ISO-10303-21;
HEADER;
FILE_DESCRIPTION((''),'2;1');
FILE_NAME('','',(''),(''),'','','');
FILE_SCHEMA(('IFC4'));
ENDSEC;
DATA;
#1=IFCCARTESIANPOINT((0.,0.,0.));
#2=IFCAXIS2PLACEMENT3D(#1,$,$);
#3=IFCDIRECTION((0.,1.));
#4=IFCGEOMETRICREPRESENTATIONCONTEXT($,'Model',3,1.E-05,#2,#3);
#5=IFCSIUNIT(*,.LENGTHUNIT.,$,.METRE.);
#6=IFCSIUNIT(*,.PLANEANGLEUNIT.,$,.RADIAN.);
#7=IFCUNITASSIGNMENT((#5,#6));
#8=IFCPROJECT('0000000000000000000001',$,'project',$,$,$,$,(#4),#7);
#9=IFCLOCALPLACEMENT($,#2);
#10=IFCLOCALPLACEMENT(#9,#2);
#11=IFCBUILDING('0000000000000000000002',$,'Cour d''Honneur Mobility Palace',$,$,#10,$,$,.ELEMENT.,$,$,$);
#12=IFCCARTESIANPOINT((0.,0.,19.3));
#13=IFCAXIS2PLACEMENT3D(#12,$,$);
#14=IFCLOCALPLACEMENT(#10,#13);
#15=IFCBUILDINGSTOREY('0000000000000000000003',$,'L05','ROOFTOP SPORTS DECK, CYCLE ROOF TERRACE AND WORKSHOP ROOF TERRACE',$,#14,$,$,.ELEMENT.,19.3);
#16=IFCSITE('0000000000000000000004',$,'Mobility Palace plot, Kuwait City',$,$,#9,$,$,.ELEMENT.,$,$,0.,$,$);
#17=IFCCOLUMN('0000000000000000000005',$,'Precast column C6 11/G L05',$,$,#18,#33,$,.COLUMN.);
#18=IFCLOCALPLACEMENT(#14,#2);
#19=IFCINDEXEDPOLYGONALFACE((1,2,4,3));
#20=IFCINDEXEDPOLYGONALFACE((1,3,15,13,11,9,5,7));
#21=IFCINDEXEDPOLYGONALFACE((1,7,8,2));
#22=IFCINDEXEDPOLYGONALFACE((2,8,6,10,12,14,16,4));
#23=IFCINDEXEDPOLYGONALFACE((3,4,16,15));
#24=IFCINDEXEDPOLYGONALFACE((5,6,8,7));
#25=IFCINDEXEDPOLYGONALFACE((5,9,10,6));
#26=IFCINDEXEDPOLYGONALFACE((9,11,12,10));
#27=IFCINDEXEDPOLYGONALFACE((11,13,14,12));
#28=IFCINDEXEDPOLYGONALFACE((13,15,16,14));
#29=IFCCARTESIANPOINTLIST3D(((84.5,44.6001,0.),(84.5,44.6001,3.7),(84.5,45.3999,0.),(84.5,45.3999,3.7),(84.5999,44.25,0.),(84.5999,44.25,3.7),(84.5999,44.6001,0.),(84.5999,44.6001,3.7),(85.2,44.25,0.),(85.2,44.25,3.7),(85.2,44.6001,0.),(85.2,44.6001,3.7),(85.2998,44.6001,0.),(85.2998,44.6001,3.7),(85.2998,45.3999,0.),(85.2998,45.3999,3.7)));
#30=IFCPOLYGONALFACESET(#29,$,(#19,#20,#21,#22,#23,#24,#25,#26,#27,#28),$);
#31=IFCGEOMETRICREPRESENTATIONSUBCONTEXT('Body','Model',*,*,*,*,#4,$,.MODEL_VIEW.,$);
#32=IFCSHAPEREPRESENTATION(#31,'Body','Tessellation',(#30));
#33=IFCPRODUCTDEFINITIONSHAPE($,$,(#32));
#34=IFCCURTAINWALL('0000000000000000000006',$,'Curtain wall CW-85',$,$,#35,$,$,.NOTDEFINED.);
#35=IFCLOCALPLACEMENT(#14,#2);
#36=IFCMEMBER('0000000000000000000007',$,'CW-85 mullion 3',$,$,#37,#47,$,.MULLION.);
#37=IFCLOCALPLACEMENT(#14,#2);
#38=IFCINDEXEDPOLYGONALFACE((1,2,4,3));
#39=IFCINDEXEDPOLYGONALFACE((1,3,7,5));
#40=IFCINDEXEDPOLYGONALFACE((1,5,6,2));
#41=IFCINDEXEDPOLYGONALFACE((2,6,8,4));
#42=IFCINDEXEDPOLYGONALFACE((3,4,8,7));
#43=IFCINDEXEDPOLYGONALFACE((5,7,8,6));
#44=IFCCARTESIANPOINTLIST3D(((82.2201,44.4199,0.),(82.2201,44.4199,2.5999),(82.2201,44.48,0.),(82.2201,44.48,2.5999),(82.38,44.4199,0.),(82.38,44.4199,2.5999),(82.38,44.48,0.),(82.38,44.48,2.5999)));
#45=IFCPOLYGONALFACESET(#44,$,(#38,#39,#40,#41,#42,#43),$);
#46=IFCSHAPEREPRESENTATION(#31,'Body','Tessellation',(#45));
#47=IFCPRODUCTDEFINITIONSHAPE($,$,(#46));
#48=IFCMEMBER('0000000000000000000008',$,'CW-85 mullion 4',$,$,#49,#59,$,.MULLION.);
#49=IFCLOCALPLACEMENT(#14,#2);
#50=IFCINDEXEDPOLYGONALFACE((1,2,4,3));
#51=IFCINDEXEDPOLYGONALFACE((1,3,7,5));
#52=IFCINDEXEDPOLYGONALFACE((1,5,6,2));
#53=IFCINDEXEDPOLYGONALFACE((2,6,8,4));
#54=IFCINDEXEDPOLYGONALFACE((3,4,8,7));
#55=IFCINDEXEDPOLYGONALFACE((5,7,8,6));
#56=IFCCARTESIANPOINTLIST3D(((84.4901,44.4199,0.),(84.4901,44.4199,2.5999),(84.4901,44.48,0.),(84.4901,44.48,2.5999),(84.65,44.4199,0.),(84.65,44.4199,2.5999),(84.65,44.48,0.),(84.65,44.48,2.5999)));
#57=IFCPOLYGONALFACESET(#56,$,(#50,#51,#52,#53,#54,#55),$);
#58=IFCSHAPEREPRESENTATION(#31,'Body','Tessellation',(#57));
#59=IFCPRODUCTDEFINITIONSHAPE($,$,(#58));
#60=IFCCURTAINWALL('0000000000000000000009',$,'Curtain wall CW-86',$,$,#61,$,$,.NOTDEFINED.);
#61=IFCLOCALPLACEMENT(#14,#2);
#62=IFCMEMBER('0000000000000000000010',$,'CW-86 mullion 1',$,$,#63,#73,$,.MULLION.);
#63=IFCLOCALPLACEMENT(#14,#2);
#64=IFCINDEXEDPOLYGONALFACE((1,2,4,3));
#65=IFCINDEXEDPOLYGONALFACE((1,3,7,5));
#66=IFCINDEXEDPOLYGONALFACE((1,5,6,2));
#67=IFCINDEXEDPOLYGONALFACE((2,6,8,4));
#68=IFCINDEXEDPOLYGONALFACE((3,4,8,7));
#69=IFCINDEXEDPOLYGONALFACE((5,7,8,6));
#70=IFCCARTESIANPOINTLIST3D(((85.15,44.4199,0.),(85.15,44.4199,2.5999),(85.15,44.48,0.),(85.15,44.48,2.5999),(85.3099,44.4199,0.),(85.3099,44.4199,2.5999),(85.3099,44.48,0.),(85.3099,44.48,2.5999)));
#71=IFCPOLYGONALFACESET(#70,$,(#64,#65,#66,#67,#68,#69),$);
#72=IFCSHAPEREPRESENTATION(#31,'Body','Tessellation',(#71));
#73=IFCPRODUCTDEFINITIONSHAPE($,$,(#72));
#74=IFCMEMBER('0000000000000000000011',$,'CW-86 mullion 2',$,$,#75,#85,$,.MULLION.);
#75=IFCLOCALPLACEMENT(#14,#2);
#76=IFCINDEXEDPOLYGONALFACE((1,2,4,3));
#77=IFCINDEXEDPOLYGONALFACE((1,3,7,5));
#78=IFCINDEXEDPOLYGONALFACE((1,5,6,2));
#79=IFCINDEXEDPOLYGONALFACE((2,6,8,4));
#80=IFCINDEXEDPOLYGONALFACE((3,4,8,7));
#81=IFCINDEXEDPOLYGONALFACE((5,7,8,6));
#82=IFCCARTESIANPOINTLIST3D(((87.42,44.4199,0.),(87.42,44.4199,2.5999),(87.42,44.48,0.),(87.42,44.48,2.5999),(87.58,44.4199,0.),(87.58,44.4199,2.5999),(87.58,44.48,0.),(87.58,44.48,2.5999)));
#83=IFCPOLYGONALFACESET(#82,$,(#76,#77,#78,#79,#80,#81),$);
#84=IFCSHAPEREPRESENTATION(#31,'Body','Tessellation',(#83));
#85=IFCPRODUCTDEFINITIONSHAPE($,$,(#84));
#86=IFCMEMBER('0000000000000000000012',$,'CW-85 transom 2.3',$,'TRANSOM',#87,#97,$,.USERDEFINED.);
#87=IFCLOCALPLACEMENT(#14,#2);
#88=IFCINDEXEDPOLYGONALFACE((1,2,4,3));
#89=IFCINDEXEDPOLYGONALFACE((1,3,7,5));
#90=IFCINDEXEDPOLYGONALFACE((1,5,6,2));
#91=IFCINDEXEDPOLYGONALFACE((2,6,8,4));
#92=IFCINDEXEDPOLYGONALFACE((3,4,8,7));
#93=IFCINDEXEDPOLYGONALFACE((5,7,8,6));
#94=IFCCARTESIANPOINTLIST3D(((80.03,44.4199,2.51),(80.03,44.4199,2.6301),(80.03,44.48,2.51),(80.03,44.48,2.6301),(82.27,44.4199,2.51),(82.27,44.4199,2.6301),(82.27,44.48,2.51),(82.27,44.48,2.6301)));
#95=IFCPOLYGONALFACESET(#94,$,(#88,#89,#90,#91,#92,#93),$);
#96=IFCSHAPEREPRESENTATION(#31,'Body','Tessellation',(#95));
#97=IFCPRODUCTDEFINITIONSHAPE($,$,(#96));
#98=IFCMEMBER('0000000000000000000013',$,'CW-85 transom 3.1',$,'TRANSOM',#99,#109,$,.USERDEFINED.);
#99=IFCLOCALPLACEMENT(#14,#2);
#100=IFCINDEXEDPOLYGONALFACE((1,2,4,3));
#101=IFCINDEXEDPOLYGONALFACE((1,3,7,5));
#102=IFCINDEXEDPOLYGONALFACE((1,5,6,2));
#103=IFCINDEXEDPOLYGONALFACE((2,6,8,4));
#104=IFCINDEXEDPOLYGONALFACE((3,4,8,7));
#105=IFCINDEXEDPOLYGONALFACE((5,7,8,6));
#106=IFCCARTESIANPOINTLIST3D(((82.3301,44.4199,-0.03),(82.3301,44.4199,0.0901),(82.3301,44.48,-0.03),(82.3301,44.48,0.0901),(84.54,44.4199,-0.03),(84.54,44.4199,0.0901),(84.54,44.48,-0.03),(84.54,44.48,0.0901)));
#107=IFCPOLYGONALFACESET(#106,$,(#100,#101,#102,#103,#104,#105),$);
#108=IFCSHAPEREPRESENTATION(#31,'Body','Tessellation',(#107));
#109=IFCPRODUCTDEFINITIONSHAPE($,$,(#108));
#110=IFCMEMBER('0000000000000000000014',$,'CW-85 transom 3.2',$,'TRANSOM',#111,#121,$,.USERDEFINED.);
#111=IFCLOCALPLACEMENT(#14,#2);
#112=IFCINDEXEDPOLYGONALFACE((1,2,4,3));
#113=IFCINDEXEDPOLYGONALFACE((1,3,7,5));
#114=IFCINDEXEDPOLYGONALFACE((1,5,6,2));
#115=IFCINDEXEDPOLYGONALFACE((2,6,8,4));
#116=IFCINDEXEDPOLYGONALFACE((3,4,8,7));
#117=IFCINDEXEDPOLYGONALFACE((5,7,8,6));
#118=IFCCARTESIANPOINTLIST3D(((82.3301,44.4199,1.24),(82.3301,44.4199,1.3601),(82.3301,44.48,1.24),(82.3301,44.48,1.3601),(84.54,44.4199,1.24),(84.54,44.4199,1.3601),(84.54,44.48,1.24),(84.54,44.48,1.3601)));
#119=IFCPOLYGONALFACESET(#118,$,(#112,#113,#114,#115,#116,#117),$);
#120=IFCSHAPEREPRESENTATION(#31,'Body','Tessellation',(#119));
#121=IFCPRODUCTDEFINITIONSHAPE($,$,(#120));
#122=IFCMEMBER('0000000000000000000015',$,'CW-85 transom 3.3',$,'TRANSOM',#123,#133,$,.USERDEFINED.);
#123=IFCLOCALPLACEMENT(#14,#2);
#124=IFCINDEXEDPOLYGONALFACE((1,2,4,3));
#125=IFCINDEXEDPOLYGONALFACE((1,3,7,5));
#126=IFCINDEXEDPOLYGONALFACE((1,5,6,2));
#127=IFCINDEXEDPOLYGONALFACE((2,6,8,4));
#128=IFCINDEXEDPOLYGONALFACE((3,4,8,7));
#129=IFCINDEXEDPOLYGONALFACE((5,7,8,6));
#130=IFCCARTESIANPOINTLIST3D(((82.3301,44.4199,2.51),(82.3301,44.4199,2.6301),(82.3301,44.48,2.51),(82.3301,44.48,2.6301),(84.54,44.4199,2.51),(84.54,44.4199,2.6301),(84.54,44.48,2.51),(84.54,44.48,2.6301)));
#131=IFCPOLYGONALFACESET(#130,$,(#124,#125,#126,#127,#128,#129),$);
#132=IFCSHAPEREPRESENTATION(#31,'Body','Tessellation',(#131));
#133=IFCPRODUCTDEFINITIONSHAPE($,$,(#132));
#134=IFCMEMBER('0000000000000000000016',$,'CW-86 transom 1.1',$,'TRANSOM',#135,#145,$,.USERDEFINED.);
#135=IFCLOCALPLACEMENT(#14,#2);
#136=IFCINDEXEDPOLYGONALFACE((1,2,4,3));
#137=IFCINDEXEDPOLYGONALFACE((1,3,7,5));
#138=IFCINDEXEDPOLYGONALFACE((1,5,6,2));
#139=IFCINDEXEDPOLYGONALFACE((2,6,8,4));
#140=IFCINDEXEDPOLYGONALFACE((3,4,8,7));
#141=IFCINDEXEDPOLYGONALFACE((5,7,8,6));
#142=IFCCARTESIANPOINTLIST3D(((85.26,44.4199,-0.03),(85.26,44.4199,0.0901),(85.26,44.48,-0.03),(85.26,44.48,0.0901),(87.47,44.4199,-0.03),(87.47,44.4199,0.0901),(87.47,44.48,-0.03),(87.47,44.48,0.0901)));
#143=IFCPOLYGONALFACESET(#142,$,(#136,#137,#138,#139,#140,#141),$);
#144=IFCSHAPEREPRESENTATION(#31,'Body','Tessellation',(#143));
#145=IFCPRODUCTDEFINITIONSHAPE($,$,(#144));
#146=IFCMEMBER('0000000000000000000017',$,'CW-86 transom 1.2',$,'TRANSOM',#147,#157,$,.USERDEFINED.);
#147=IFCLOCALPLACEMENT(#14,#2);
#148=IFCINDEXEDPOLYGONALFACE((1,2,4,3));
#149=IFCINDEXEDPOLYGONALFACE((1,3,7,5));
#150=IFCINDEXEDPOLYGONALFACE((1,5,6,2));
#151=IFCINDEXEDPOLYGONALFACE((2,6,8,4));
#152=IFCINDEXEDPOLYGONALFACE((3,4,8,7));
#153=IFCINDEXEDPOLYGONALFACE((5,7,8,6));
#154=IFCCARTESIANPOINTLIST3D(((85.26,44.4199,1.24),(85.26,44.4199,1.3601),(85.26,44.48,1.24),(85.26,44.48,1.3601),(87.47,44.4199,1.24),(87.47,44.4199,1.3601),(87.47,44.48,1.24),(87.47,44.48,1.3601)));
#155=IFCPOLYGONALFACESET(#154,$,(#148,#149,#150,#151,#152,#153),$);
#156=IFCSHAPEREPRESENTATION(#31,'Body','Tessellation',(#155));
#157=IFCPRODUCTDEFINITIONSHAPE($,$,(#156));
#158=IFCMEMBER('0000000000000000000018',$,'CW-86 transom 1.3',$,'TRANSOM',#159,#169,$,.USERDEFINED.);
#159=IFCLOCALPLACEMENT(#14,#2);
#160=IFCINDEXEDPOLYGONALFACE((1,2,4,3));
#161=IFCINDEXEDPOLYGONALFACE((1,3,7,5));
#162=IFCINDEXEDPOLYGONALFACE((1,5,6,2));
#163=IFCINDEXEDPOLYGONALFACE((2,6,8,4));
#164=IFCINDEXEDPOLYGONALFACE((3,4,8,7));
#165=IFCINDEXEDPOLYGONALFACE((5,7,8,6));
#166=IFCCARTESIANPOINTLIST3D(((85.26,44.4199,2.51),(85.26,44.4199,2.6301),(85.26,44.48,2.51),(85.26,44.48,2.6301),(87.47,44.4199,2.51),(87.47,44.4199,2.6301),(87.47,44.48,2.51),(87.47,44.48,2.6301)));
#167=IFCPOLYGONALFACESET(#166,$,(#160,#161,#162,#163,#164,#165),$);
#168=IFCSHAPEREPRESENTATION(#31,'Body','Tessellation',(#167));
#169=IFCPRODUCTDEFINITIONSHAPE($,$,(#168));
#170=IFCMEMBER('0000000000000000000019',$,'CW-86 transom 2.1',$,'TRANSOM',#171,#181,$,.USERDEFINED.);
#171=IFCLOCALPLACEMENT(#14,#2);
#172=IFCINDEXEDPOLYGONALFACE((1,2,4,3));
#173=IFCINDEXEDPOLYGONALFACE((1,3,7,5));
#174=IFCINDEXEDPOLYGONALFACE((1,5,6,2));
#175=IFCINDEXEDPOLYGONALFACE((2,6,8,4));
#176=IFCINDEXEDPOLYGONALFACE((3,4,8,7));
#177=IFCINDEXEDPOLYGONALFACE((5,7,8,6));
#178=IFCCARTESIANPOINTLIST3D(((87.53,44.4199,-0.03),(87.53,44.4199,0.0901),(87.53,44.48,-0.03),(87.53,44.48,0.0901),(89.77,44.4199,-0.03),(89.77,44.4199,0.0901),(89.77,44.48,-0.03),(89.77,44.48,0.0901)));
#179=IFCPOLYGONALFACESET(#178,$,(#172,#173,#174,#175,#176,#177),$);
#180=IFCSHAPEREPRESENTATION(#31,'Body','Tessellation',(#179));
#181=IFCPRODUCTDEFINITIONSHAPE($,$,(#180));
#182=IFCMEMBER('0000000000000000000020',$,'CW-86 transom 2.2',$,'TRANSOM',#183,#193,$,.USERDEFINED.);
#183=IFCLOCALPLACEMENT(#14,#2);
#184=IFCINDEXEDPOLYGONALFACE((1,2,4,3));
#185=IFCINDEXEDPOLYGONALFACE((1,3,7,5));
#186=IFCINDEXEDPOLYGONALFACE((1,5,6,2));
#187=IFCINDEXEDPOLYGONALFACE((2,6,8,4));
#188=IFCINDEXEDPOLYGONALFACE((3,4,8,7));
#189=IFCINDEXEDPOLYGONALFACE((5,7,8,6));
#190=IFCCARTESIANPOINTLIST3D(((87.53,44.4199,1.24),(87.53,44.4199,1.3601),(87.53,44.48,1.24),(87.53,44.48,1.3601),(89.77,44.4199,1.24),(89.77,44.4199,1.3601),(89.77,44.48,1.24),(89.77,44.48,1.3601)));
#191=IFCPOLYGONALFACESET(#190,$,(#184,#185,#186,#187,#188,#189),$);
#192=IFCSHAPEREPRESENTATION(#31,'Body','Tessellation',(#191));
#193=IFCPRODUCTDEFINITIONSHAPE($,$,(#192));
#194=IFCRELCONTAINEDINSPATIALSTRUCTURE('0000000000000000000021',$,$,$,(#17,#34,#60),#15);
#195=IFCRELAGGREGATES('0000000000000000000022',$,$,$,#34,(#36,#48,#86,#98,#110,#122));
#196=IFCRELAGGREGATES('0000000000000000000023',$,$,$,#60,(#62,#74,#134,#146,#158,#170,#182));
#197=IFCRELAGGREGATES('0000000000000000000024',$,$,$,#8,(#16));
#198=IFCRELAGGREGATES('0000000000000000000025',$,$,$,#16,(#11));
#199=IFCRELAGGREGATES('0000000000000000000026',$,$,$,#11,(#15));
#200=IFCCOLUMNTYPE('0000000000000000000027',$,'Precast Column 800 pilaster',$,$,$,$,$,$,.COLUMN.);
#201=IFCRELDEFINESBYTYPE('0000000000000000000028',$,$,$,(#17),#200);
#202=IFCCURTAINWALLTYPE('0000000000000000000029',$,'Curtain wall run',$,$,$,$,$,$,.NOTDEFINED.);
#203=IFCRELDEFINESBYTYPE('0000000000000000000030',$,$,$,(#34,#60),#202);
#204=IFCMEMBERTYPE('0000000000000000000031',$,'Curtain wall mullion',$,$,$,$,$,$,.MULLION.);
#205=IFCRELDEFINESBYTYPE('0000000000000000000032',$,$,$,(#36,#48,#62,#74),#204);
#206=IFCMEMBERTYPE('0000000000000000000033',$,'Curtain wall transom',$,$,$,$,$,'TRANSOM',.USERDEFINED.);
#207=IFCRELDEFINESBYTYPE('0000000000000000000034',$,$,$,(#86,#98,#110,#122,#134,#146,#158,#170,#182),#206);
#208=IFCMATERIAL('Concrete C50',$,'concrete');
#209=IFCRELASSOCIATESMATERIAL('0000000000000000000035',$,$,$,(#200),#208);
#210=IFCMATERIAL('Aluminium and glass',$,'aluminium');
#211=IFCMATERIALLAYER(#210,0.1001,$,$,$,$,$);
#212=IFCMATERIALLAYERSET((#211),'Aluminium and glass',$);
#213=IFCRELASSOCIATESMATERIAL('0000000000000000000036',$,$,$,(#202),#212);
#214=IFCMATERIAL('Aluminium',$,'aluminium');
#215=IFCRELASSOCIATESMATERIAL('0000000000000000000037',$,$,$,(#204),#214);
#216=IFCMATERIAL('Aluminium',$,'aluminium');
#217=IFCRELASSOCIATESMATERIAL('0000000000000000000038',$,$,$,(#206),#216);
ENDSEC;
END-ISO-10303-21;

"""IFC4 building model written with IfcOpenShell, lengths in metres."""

from ifc_helpers import new_model, si_unit, direction, frame, origin, origin_2d, place, context, subcontext, project, spatial, polyline, rectangle, outline, extrude, material, layer, layer_set, material_profile, profile_set, type_object, element, aggregate, save


model = new_model("IFC4")

# Units and contexts
model_context = context("Model", 3, precision=1e-05, world=origin(), true_north=direction((0.0, 1.0)))
body_context = subcontext(model_context, "Body", "Model", "MODEL_VIEW")
ifc_project = project(units=[si_unit("LENGTHUNIT", "METRE"), si_unit("PLANEANGLEUNIT", "RADIAN")], contexts=[model_context])

# Site, building, storey
site_placement = place(None, origin())
site = spatial("IfcSite", under=ifc_project, at=site_placement, Name="Mobility Palace plot, Kuwait City", CompositionType="ELEMENT", RefElevation=0.0)
building_placement = place(site_placement, origin())
building = spatial("IfcBuilding", under=site, at=building_placement, Name="Cour d'Honneur Mobility Palace", CompositionType="ELEMENT")
storey_placement = place(building_placement, frame((0.0, 0.0, 19.3)))
storey = spatial("IfcBuildingStorey", under=building, at=storey_placement, Name="L05", Description="ROOFTOP SPORTS DECK, CYCLE ROOF TERRACE AND WORKSHOP ROOF TERRACE", CompositionType="ELEMENT", Elevation=19.3)

# Column
ifc_material_1 = material(Name="Concrete C50", Category="concrete")
ifc_material_profile_1 = material_profile(ifc_material_1, outline(polyline([(-0.3999, -0.3999), (0.3999, -0.3999), (0.3999, -0.3), (0.75, -0.3), (0.75, 0.3), (0.3999, 0.3), (0.3999, 0.3999), (-0.3999, 0.3999), (-0.3999, -0.3999)])), Name="PC C800 pilaster")
ifc_profile_set_1 = profile_set([ifc_material_profile_1], Name="Concrete C50")
column_type = type_object("IfcColumnType", Name="Precast Column 800 pilaster", PredefinedType="COLUMN", material=ifc_profile_set_1)
column_placement = place(storey_placement, frame((84.8999, 45.0, 0.0), z_axis=(0.0, 0.0, 1.0), x_axis=(0.0, -1.0, 0.0)))
element("IfcColumn", 1, at=column_placement, inside=storey, type_object=column_type, Name="Precast column C6 11/G L05", PredefinedType="COLUMN", context=body_context, shape_type="SweptSolid", body=[
    extrude(outline(polyline([(-0.3999, -0.3999), (0.3999, -0.3999), (0.3999, -0.3), (0.75, -0.3), (0.75, 0.3), (0.3999, 0.3), (0.3999, 0.3999), (-0.3999, 0.3999), (-0.3999, -0.3999)])), origin(), (0.0, 0.0, 1.0), 3.7),
])

# Curtain walls, members
ifc_material_2 = material(Name="Aluminium and glass", Category="aluminium")
ifc_layer_1 = layer(ifc_material_2, 0.1001)
ifc_layer_set_1 = layer_set([ifc_layer_1], Name="Aluminium and glass")
curtain_wall_type = type_object("IfcCurtainWallType", Name="Curtain wall run", PredefinedType="NOTDEFINED", material=ifc_layer_set_1)
curtain_wall_1_placement = place(storey_placement, origin())
curtain_wall_1 = element("IfcCurtainWall", 2, at=curtain_wall_1_placement, inside=storey, type_object=curtain_wall_type, Name="Curtain wall CW-85", PredefinedType="NOTDEFINED")
ifc_material_3 = material(Name="Aluminium", Category="aluminium")
ifc_material_profile_2 = material_profile(ifc_material_3, rectangle(XDim=0.0601, YDim=0.1599, at=origin_2d()), Name="Curtain wall mullion")
ifc_profile_set_2 = profile_set([ifc_material_profile_2], Name="Aluminium")
member_type_1 = type_object("IfcMemberType", Name="Curtain wall mullion", PredefinedType="MULLION", material=ifc_profile_set_2)
member_1_placement = place(storey_placement, frame((82.3, 44.45, 0.0), z_axis=(0.0, 0.0, 1.0), x_axis=(0.0, 1.0, 0.0)))
member_1 = element("IfcMember", 3, at=member_1_placement, type_object=member_type_1, Name="CW-85 mullion 3", PredefinedType="MULLION", context=body_context, shape_type="SweptSolid", body=[
    extrude(rectangle(XDim=0.0601, YDim=0.1599, at=origin_2d()), origin(), (0.0, 0.0, 1.0), 2.5999),
])
member_2_placement = place(storey_placement, frame((84.5701, 44.45, 0.0), z_axis=(0.0, 0.0, 1.0), x_axis=(0.0, 1.0, 0.0)))
member_2 = element("IfcMember", 4, at=member_2_placement, type_object=member_type_1, Name="CW-85 mullion 4", PredefinedType="MULLION", context=body_context, shape_type="SweptSolid", body=[
    extrude(rectangle(XDim=0.0601, YDim=0.1599, at=origin_2d()), origin(), (0.0, 0.0, 1.0), 2.5999),
])
curtain_wall_2_placement = place(storey_placement, origin())
curtain_wall_2 = element("IfcCurtainWall", 5, at=curtain_wall_2_placement, inside=storey, type_object=curtain_wall_type, Name="Curtain wall CW-86", PredefinedType="NOTDEFINED")
member_3_placement = place(storey_placement, frame((85.23, 44.45, 0.0), z_axis=(0.0, 0.0, 1.0), x_axis=(0.0, 1.0, 0.0)))
member_3 = element("IfcMember", 6, at=member_3_placement, type_object=member_type_1, Name="CW-86 mullion 1", PredefinedType="MULLION", context=body_context, shape_type="SweptSolid", body=[
    extrude(rectangle(XDim=0.0601, YDim=0.1599, at=origin_2d()), origin(), (0.0, 0.0, 1.0), 2.5999),
])
member_4_placement = place(storey_placement, frame((87.5, 44.45, 0.0), z_axis=(0.0, 0.0, 1.0), x_axis=(0.0, 1.0, 0.0)))
member_4 = element("IfcMember", 7, at=member_4_placement, type_object=member_type_1, Name="CW-86 mullion 2", PredefinedType="MULLION", context=body_context, shape_type="SweptSolid", body=[
    extrude(rectangle(XDim=0.0601, YDim=0.1599, at=origin_2d()), origin(), (0.0, 0.0, 1.0), 2.5999),
])

# Members
ifc_material_4 = material(Name="Aluminium", Category="aluminium")
ifc_material_profile_3 = material_profile(ifc_material_4, rectangle(XDim=0.0601, YDim=0.1201, at=origin_2d()), Name="Curtain wall transom")
ifc_profile_set_3 = profile_set([ifc_material_profile_3], Name="Aluminium")
member_type_2 = type_object("IfcMemberType", Name="Curtain wall transom", ElementType="TRANSOM", PredefinedType="USERDEFINED", material=ifc_profile_set_3)
member_5_placement = place(storey_placement, frame((80.03, 44.45, 2.5701), z_axis=(1.0, 0.0, 0.0), x_axis=(0.0, 1.0, 0.0)))
member_5 = element("IfcMember", 8, at=member_5_placement, type_object=member_type_2, Name="CW-85 transom 2.3", ObjectType="TRANSOM", PredefinedType="USERDEFINED", context=body_context, shape_type="SweptSolid", body=[
    extrude(rectangle(XDim=0.0601, YDim=0.1201, at=origin_2d()), origin(), (0.0, 0.0, 1.0), 2.24),
])
member_6_placement = place(storey_placement, frame((82.3301, 44.45, 0.03), z_axis=(1.0, 0.0, 0.0), x_axis=(0.0, 1.0, 0.0)))
member_6 = element("IfcMember", 9, at=member_6_placement, type_object=member_type_2, Name="CW-85 transom 3.1", ObjectType="TRANSOM", PredefinedType="USERDEFINED", context=body_context, shape_type="SweptSolid", body=[
    extrude(rectangle(XDim=0.0601, YDim=0.1201, at=origin_2d()), origin(), (0.0, 0.0, 1.0), 2.21),
])
member_7_placement = place(storey_placement, frame((82.3301, 44.45, 1.3), z_axis=(1.0, 0.0, 0.0), x_axis=(0.0, 1.0, 0.0)))
member_7 = element("IfcMember", 10, at=member_7_placement, type_object=member_type_2, Name="CW-85 transom 3.2", ObjectType="TRANSOM", PredefinedType="USERDEFINED", context=body_context, shape_type="SweptSolid", body=[
    extrude(rectangle(XDim=0.0601, YDim=0.1201, at=origin_2d()), origin(), (0.0, 0.0, 1.0), 2.21),
])
member_8_placement = place(storey_placement, frame((82.3301, 44.45, 2.5701), z_axis=(1.0, 0.0, 0.0), x_axis=(0.0, 1.0, 0.0)))
member_8 = element("IfcMember", 11, at=member_8_placement, type_object=member_type_2, Name="CW-85 transom 3.3", ObjectType="TRANSOM", PredefinedType="USERDEFINED", context=body_context, shape_type="SweptSolid", body=[
    extrude(rectangle(XDim=0.0601, YDim=0.1201, at=origin_2d()), origin(), (0.0, 0.0, 1.0), 2.21),
])
member_9_placement = place(storey_placement, frame((85.26, 44.45, 0.03), z_axis=(1.0, 0.0, 0.0), x_axis=(0.0, 1.0, 0.0)))
member_9 = element("IfcMember", 12, at=member_9_placement, type_object=member_type_2, Name="CW-86 transom 1.1", ObjectType="TRANSOM", PredefinedType="USERDEFINED", context=body_context, shape_type="SweptSolid", body=[
    extrude(rectangle(XDim=0.0601, YDim=0.1201, at=origin_2d()), origin(), (0.0, 0.0, 1.0), 2.21),
])
member_10_placement = place(storey_placement, frame((85.26, 44.45, 1.3), z_axis=(1.0, 0.0, 0.0), x_axis=(0.0, 1.0, 0.0)))
member_10 = element("IfcMember", 13, at=member_10_placement, type_object=member_type_2, Name="CW-86 transom 1.2", ObjectType="TRANSOM", PredefinedType="USERDEFINED", context=body_context, shape_type="SweptSolid", body=[
    extrude(rectangle(XDim=0.0601, YDim=0.1201, at=origin_2d()), origin(), (0.0, 0.0, 1.0), 2.21),
])
member_11_placement = place(storey_placement, frame((85.26, 44.45, 2.5701), z_axis=(1.0, 0.0, 0.0), x_axis=(0.0, 1.0, 0.0)))
member_11 = element("IfcMember", 14, at=member_11_placement, type_object=member_type_2, Name="CW-86 transom 1.3", ObjectType="TRANSOM", PredefinedType="USERDEFINED", context=body_context, shape_type="SweptSolid", body=[
    extrude(rectangle(XDim=0.0601, YDim=0.1201, at=origin_2d()), origin(), (0.0, 0.0, 1.0), 2.21),
])
member_12_placement = place(storey_placement, frame((87.53, 44.45, 0.03), z_axis=(1.0, 0.0, 0.0), x_axis=(0.0, 1.0, 0.0)))
member_12 = element("IfcMember", 15, at=member_12_placement, type_object=member_type_2, Name="CW-86 transom 2.1", ObjectType="TRANSOM", PredefinedType="USERDEFINED", context=body_context, shape_type="SweptSolid", body=[
    extrude(rectangle(XDim=0.0601, YDim=0.1201, at=origin_2d()), origin(), (0.0, 0.0, 1.0), 2.24),
])
member_13_placement = place(storey_placement, frame((87.53, 44.45, 1.3), z_axis=(1.0, 0.0, 0.0), x_axis=(0.0, 1.0, 0.0)))
member_13 = element("IfcMember", 16, at=member_13_placement, type_object=member_type_2, Name="CW-86 transom 2.2", ObjectType="TRANSOM", PredefinedType="USERDEFINED", context=body_context, shape_type="SweptSolid", body=[
    extrude(rectangle(XDim=0.0601, YDim=0.1201, at=origin_2d()), origin(), (0.0, 0.0, 1.0), 2.24),
])

aggregate(curtain_wall_1, [member_1, member_2, member_5, member_6, member_7, member_8])
aggregate(curtain_wall_2, [member_3, member_4, member_9, member_10, member_11, member_12, member_13])

save(model, "model.ifc")
